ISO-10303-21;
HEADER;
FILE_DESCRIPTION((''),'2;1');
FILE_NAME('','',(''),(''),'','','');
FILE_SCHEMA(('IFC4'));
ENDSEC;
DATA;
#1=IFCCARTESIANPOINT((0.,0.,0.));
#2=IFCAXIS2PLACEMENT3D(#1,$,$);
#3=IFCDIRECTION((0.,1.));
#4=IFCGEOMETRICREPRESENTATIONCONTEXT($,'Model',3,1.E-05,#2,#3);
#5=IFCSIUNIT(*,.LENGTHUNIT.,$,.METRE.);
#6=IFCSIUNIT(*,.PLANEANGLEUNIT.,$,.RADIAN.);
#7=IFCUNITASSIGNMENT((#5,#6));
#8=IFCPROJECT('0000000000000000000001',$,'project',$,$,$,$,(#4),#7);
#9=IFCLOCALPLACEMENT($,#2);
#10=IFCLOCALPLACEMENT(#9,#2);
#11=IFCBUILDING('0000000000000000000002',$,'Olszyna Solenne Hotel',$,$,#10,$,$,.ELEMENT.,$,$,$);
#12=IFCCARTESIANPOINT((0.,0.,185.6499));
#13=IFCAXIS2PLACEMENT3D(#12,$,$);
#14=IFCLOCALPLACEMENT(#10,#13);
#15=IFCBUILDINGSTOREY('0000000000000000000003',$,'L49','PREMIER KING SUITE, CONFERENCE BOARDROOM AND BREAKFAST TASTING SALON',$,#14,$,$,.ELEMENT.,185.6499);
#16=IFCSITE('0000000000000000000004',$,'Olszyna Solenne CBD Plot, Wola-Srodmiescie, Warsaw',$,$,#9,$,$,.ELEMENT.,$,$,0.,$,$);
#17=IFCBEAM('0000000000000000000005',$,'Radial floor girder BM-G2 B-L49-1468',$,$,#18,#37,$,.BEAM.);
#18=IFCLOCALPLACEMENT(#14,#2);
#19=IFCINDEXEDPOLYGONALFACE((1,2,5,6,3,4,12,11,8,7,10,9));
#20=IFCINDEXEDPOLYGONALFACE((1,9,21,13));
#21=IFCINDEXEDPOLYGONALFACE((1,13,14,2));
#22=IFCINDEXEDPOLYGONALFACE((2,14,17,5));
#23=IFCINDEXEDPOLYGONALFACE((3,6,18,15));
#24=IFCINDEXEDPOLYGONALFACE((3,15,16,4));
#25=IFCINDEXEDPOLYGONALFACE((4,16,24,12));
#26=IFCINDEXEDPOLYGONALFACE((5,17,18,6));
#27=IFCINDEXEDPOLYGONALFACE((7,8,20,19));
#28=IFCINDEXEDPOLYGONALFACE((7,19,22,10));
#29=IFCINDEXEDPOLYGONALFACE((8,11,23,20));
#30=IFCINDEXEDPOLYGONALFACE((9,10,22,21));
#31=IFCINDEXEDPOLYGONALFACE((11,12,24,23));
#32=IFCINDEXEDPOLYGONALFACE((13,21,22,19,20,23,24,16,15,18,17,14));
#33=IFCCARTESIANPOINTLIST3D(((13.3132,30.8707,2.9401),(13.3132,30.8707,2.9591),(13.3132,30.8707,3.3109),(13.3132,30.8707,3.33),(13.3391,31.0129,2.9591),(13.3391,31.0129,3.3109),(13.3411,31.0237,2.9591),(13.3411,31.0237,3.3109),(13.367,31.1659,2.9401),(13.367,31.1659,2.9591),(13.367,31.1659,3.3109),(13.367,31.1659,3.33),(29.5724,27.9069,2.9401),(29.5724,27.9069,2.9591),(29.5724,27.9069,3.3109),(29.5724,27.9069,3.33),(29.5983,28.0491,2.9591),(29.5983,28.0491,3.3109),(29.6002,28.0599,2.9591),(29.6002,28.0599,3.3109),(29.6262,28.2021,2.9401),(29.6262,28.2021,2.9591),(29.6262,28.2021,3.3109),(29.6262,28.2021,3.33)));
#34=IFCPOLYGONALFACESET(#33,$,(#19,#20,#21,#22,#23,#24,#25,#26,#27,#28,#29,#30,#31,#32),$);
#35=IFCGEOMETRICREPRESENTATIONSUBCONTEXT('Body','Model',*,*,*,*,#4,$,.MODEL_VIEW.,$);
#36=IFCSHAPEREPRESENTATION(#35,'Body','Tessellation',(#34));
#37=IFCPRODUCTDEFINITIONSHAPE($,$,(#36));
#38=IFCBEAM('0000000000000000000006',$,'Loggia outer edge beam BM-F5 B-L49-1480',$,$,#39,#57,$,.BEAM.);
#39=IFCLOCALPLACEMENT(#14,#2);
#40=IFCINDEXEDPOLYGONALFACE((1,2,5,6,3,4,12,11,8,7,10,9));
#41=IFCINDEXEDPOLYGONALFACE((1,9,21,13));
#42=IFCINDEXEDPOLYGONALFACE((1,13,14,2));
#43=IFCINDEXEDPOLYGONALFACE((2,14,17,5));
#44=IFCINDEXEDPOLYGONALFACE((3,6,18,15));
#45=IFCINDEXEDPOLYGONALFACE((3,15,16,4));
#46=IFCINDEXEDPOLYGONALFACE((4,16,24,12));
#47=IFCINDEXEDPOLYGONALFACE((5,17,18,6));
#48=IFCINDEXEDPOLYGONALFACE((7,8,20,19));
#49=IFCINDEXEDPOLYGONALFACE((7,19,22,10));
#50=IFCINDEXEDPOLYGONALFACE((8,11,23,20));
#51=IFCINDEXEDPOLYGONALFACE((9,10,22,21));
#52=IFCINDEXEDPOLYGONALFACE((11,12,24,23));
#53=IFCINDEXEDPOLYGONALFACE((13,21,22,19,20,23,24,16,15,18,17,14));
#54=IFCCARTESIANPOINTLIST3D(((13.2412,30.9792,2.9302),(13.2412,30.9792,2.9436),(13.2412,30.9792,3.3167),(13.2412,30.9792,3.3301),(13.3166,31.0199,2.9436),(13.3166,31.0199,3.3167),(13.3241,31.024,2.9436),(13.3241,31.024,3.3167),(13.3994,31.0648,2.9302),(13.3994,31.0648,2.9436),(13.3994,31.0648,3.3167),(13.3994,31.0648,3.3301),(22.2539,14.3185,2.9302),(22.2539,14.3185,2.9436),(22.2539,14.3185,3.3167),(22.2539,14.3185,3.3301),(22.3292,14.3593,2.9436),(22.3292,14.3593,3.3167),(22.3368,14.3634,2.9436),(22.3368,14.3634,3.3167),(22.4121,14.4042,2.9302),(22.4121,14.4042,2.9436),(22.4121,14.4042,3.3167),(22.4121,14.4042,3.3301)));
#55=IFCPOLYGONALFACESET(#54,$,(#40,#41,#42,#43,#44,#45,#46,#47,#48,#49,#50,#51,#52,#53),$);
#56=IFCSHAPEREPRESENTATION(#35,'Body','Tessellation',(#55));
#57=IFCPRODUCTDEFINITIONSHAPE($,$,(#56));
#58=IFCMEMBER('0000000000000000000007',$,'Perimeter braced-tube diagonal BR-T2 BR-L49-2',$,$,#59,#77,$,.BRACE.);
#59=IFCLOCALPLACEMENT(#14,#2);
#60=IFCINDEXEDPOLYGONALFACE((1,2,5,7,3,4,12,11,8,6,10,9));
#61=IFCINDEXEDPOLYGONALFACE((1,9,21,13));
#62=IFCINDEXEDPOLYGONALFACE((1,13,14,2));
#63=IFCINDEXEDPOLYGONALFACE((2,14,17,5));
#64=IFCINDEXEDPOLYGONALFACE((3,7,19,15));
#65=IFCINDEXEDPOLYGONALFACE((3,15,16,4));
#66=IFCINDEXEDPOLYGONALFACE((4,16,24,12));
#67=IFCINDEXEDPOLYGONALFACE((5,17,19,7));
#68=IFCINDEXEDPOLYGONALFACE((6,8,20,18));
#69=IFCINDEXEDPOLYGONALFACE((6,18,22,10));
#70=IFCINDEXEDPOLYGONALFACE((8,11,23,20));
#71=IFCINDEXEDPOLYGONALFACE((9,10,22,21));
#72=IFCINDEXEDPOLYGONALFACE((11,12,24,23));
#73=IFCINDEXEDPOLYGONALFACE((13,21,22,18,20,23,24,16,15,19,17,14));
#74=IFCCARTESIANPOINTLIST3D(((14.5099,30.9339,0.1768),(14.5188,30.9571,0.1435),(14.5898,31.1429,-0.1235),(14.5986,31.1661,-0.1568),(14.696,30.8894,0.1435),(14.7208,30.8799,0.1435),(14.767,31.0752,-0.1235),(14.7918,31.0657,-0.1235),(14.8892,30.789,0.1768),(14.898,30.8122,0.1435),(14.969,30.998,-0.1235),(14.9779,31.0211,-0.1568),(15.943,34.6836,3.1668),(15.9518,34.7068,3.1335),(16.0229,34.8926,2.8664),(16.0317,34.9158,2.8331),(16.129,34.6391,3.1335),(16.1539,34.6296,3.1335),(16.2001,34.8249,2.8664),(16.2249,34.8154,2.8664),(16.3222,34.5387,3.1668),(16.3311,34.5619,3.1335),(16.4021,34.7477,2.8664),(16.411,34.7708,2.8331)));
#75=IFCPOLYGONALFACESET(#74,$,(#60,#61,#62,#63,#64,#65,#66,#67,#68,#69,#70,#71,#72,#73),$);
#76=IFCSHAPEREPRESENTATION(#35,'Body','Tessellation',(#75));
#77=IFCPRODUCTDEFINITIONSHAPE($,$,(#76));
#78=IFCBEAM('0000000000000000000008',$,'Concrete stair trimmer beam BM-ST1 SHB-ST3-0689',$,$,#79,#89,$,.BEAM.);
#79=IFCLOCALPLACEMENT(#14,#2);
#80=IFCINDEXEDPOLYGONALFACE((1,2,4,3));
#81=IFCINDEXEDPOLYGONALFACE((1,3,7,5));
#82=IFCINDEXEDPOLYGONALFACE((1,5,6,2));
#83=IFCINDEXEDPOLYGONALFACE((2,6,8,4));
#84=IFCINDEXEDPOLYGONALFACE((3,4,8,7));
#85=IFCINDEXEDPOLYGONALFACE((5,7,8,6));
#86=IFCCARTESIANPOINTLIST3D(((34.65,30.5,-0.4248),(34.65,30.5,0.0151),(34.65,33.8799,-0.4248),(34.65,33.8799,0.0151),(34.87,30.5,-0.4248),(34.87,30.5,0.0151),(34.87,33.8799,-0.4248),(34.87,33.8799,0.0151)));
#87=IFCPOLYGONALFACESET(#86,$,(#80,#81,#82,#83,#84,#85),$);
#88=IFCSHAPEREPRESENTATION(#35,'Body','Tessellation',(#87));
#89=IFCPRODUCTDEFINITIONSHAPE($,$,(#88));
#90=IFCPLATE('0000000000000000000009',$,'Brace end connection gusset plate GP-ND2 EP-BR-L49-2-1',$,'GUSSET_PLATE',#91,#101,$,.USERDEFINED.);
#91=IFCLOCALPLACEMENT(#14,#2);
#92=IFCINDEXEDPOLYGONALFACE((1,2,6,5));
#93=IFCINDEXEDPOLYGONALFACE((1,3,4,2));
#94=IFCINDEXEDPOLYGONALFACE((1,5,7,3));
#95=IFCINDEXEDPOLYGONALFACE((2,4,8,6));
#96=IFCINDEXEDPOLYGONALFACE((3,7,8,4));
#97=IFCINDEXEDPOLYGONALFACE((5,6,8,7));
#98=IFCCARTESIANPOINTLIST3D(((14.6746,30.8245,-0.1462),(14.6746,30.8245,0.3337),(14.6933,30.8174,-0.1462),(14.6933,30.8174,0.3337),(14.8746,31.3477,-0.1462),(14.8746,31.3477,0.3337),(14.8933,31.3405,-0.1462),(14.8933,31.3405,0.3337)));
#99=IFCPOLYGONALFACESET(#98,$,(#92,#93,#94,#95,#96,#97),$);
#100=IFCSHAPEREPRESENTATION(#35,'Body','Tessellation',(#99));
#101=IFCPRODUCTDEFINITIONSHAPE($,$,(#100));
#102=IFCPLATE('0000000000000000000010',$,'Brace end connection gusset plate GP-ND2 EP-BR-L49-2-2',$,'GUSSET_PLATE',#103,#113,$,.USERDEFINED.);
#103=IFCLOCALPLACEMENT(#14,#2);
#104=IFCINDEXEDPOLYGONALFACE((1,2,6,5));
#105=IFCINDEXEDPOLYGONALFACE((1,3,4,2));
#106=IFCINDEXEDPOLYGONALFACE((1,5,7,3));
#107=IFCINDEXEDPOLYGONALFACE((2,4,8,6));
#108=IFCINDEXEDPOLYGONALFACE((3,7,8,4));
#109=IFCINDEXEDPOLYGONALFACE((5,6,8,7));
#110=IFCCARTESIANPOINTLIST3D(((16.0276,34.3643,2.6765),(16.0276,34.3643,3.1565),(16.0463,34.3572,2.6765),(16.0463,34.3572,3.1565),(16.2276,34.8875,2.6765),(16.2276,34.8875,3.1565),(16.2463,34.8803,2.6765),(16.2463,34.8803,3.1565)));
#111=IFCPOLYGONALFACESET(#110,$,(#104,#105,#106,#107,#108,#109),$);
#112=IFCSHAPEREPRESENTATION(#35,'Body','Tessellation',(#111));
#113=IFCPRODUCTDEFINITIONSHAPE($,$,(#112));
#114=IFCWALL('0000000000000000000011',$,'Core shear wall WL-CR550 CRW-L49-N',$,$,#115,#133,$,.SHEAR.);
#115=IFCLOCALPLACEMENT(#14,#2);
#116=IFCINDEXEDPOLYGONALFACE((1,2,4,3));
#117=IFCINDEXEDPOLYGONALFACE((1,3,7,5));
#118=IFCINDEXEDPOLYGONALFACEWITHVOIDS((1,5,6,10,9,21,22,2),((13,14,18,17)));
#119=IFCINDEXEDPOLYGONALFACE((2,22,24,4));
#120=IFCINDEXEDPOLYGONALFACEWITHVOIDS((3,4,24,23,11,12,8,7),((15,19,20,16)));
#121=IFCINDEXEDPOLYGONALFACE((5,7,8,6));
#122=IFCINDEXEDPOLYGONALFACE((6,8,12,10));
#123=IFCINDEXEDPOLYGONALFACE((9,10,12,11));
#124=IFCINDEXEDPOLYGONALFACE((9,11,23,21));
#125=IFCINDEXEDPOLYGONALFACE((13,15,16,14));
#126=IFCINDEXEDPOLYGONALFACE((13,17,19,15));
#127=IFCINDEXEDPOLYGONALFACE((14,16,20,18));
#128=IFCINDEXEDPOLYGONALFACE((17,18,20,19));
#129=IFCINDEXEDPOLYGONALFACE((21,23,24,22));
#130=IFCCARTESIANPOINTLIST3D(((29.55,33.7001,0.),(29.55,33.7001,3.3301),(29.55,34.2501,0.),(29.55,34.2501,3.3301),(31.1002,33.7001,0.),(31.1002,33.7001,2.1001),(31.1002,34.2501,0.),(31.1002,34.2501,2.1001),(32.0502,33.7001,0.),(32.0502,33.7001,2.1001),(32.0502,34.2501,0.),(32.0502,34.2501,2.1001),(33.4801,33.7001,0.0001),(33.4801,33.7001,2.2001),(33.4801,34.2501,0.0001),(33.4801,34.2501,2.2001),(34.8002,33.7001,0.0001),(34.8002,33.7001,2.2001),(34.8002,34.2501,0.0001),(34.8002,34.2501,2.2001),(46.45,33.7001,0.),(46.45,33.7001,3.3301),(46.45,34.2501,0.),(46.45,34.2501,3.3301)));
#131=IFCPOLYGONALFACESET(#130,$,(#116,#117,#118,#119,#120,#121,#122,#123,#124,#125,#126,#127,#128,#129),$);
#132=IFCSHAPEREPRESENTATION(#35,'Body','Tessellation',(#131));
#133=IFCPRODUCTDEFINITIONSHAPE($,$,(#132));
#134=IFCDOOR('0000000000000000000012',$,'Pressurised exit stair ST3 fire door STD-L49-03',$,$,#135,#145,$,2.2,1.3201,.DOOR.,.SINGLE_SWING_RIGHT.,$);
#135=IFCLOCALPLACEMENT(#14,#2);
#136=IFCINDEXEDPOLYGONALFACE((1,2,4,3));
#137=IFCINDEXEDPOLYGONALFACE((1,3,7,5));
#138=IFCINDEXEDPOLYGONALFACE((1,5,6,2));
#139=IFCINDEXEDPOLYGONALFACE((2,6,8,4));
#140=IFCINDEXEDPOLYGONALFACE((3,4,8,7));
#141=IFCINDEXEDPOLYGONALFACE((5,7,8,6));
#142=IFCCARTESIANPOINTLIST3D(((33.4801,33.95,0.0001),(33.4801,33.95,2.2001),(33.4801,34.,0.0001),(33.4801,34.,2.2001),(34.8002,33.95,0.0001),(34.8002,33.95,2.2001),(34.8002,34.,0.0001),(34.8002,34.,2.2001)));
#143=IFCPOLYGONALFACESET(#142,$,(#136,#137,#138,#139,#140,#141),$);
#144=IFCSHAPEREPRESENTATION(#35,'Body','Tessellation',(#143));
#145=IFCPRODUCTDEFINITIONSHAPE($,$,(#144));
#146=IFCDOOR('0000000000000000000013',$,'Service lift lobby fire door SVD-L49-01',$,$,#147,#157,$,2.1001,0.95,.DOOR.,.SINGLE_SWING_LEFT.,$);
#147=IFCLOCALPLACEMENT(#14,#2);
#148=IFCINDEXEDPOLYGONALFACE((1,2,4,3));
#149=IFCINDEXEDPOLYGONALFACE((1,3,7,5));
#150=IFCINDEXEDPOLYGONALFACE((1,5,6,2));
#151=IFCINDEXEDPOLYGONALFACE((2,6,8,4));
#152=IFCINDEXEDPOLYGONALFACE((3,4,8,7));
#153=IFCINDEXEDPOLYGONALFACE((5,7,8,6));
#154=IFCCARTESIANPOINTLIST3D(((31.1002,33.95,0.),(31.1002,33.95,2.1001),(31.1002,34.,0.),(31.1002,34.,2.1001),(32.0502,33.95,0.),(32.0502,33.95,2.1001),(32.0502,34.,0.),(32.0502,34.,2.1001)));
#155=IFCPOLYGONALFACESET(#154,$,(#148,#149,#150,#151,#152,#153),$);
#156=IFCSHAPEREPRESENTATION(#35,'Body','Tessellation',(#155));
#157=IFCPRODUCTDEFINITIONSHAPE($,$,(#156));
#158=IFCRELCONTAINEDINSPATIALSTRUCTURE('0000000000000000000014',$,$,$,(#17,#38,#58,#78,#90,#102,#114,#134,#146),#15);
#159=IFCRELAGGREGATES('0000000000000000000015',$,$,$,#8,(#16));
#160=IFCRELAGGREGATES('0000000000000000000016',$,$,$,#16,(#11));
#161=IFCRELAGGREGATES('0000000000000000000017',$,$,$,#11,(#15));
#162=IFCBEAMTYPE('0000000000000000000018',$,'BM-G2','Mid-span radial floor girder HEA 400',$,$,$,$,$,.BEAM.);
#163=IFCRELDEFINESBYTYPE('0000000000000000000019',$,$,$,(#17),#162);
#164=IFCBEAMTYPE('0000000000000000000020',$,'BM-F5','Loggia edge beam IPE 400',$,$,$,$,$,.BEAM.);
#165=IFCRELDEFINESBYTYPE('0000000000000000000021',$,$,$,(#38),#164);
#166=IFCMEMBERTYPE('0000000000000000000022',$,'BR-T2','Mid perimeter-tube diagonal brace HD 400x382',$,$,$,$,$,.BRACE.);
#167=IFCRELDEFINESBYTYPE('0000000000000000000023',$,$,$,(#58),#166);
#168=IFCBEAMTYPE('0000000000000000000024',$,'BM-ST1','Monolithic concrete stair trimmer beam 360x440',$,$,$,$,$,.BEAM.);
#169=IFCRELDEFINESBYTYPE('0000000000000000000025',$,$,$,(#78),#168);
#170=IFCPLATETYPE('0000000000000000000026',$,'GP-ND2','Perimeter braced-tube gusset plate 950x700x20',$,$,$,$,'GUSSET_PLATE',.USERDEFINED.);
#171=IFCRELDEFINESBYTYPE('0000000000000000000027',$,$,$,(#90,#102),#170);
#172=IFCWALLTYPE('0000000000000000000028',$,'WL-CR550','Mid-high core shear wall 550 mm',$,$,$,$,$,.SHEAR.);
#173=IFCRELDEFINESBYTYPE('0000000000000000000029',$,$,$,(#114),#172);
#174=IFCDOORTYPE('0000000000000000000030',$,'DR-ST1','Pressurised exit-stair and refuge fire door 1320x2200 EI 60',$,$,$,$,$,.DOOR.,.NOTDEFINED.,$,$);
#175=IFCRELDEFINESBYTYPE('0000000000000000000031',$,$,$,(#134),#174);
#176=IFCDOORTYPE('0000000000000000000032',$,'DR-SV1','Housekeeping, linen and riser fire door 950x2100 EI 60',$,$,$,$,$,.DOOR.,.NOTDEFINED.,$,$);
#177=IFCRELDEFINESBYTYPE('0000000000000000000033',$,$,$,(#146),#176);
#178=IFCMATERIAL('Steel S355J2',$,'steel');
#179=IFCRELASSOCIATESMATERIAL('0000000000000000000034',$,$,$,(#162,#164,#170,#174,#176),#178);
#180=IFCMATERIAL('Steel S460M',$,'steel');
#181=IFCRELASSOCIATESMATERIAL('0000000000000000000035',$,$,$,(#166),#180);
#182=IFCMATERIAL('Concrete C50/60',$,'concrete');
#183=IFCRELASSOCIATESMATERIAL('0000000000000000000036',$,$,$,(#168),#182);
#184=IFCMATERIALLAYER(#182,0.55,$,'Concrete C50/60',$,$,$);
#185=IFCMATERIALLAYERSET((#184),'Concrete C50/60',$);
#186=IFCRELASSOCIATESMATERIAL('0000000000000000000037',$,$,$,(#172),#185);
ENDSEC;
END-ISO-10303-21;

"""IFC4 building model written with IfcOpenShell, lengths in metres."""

from ifc_helpers import new_model, si_unit, direction, frame, frame_2d, origin, origin_2d, place, context, subcontext, project, spatial, rectangle, i_section, extrude, source, transform, mapped, material, layer, layer_set, material_profile, profile_set, type_object, type_shapes, element, fill, save


model = new_model("IFC4")

# Units and contexts
model_context = context("Model", 3, precision=1e-05, world=origin(), true_north=direction((0.0, 1.0)))
body_context = subcontext(model_context, "Body", "Model", "MODEL_VIEW")
ifc_project = project(units=[si_unit("LENGTHUNIT", "METRE"), si_unit("PLANEANGLEUNIT", "RADIAN")], contexts=[model_context])

# Site, building, storey
site_placement = place(None, origin())
site = spatial("IfcSite", under=ifc_project, at=site_placement, Name="Olszyna Solenne CBD Plot, Wola-Srodmiescie, Warsaw", CompositionType="ELEMENT", RefElevation=0.0)
building_placement = place(site_placement, origin())
building = spatial("IfcBuilding", under=site, at=building_placement, Name="Olszyna Solenne Hotel", CompositionType="ELEMENT")
storey_placement = place(building_placement, frame((0.0, 0.0, 185.6499)))
storey = spatial("IfcBuildingStorey", under=building, at=storey_placement, Name="L49", Description="PREMIER KING SUITE, CONFERENCE BOARDROOM AND BREAKFAST TASTING SALON", CompositionType="ELEMENT", Elevation=185.6499)

# Shared definitions
ifc_material_1 = material(Name="Steel S460M", Category="steel")

# Beams
ifc_material_2 = material(Name="Steel S355J2", Category="steel")
ifc_material_profile_1 = material_profile(ifc_material_2, i_section(OverallWidth=0.3, OverallDepth=0.3899, WebThickness=0.011, FlangeThickness=0.019, at=origin_2d()), Name="HEA 400", Category="load-bearing")
ifc_profile_set_1 = profile_set([ifc_material_profile_1], Name="Steel S355J2")
beam_type_1 = type_object("IfcBeamType", Name="BM-G2", Description="Mid-span radial floor girder HEA 400", PredefinedType="BEAM", material=ifc_profile_set_1)
shared_shape_1 = source(origin(), body_context, "Body", "SweptSolid", [
    extrude(i_section(OverallWidth=0.3, OverallDepth=0.3899, WebThickness=0.011, FlangeThickness=0.019, at=origin_2d()), origin(), (0.0, 0.0, 1.0), 16.5271),
])
beam_1_placement = place(storey_placement, frame((13.3401, 31.0183, 3.135), z_axis=(0.983789, -0.179333, 0.0), x_axis=(0.179333, 0.983789, 0.0)))
element("IfcBeam", 1, at=beam_1_placement, inside=storey, type_object=beam_type_1, Name="Radial floor girder BM-G2 B-L49-1468", PredefinedType="BEAM", context=body_context, shape_type="MappedRepresentation", body=[
    mapped(shared_shape_1, transform((0.0, 0.0, 0.0), x_axis=(1.0, 0.0, 0.0), y_axis=(0.0, 1.0, 0.0), z_axis=(0.0, 0.0, 1.0), scale=1.0)),
])
ifc_material_profile_2 = material_profile(ifc_material_2, i_section(OverallWidth=0.1799, OverallDepth=0.3999, WebThickness=0.0085, FlangeThickness=0.0134, at=origin_2d()), Name="IPE 400", Category="load-bearing")
ifc_profile_set_2 = profile_set([ifc_material_profile_2], Name="Steel S355J2")
beam_type_2 = type_object("IfcBeamType", Name="BM-F5", Description="Loggia edge beam IPE 400", PredefinedType="BEAM", material=ifc_profile_set_2)
shared_shape_2 = source(origin(), body_context, "Body", "SweptSolid", [
    extrude(i_section(OverallWidth=0.1799, OverallDepth=0.3999, WebThickness=0.0085, FlangeThickness=0.0134, at=origin_2d()), origin(), (0.0, 0.0, 1.0), 18.9421),
])
beam_2_placement = place(storey_placement, frame((13.3203, 31.022, 3.1301), z_axis=(0.475801, -0.879553, 0.0), x_axis=(0.879553, 0.475801, 0.0)))
element("IfcBeam", 2, at=beam_2_placement, inside=storey, type_object=beam_type_2, Name="Loggia outer edge beam BM-F5 B-L49-1480", PredefinedType="BEAM", context=body_context, shape_type="MappedRepresentation", body=[
    mapped(shared_shape_2, transform((0.0, 0.0, 0.0), x_axis=(1.0, 0.0, 0.0), y_axis=(0.0, 1.0, 0.0), z_axis=(0.0, 0.0, 1.0), scale=1.0)),
])

# Member
ifc_material_profile_3 = material_profile(ifc_material_1, i_section(OverallWidth=0.406, OverallDepth=0.416, WebThickness=0.0266, FlangeThickness=0.0415, at=origin_2d()), Name="HD 400x382", Category="load-bearing")
ifc_profile_set_3 = profile_set([ifc_material_profile_3], Name="Steel S460M")
member_type = type_object("IfcMemberType", Name="BR-T2", Description="Mid perimeter-tube diagonal brace HD 400x382", PredefinedType="BRACE", material=ifc_profile_set_3)
shared_shape_3 = source(origin(), body_context, "Body", "SweptSolid", [
    extrude(i_section(OverallWidth=0.406, OverallDepth=0.416, WebThickness=0.0266, FlangeThickness=0.0415, at=origin_2d()), origin(), (0.0, 0.0, 1.0), 5.0054),
])
member_placement = place(storey_placement, frame((14.7439, 30.9775, 0.01), z_axis=(0.286309, 0.749135, 0.597347), x_axis=(-0.934104, 0.357002, 0.0)))
element("IfcMember", 3, at=member_placement, inside=storey, type_object=member_type, Name="Perimeter braced-tube diagonal BR-T2 BR-L49-2", PredefinedType="BRACE", context=body_context, shape_type="MappedRepresentation", body=[
    mapped(shared_shape_3, transform((0.0, 0.0, 0.0), x_axis=(1.0, 0.0, 0.0), y_axis=(0.0, 1.0, 0.0), z_axis=(0.0, 0.0, 1.0), scale=1.0)),
])

# Beam
ifc_material_3 = material(Name="Concrete C50/60", Category="concrete")
ifc_material_profile_4 = material_profile(ifc_material_3, rectangle(XDim=0.22, YDim=0.4399, at=origin_2d()), Name="RC 220x440", Category="load-bearing")
ifc_profile_set_4 = profile_set([ifc_material_profile_4], Name="Concrete C50/60")
beam_type_3 = type_object("IfcBeamType", Name="BM-ST1", Description="Monolithic concrete stair trimmer beam 360x440", PredefinedType="BEAM", material=ifc_profile_set_4)
shared_shape_4 = source(origin(), body_context, "Body", "SweptSolid", [
    extrude(rectangle(XDim=0.22, YDim=0.4399, at=origin_2d()), origin(), (0.0, 0.0, 1.0), 3.3799),
])
beam_3_placement = place(storey_placement, frame((34.76, 30.5, -0.2048), z_axis=(0.0, 1.0, 0.0), x_axis=(-1.0, 0.0, 0.0)))
element("IfcBeam", 4, at=beam_3_placement, inside=storey, type_object=beam_type_3, Name="Concrete stair trimmer beam BM-ST1 SHB-ST3-0689", PredefinedType="BEAM", context=body_context, shape_type="MappedRepresentation", body=[
    mapped(shared_shape_4, transform((0.0, 0.0, 0.0), x_axis=(1.0, 0.0, 0.0), y_axis=(0.0, 1.0, 0.0), z_axis=(0.0, 0.0, 1.0), scale=1.0)),
])

# Plates
plate_type = type_object("IfcPlateType", Name="GP-ND2", Description="Perimeter braced-tube gusset plate 950x700x20", ElementType="GUSSET_PLATE", PredefinedType="USERDEFINED", material=ifc_material_2)
shared_shape_5 = source(origin(), body_context, "Body", "SweptSolid", [
    extrude(rectangle(XDim=0.5601, YDim=0.02, at=origin_2d()), origin(), (0.0, 0.0, 1.0), 0.48),
])
for number, where, z_axis, x_axis, name in (
    (5, (14.7839, 31.0825, -0.1462), (0.0, 0.0, 1.0), (0.357064, 0.93408, 0.0), "Brace end connection gusset plate GP-ND2 EP-BR-L49-2-1"),
    (6, (16.137, 34.6223, 2.6765), (0.0, 0.0, 1.0), (0.357064, 0.93408, 0.0), "Brace end connection gusset plate GP-ND2 EP-BR-L49-2-2"),
):
    element("IfcPlate", number, at=place(storey_placement, frame(where, z_axis=z_axis, x_axis=x_axis)), inside=storey, type_object=plate_type, Name=name, ObjectType="GUSSET_PLATE", PredefinedType="USERDEFINED", context=body_context, shape_type="MappedRepresentation", body=[
        mapped(shared_shape_5, transform((0.0, 0.0, 0.0), x_axis=(1.0, 0.0, 0.0), y_axis=(0.0, 1.0, 0.0), z_axis=(0.0, 0.0, 1.0), scale=1.0)),
    ])

# Wall, openings, doors
ifc_layer_1 = layer(ifc_material_3, 0.55, Name="Concrete C50/60")
ifc_layer_set_1 = layer_set([ifc_layer_1], Name="Concrete C50/60")
wall_type_1 = type_object("IfcWallType", Name="WL-CR550", Description="Mid-high core shear wall 550 mm", PredefinedType="SHEAR", material=ifc_layer_set_1)
wall_1_placement = place(storey_placement, frame((29.55, 33.9751, 0.0), z_axis=(0.0, 0.0, 1.0), x_axis=(1.0, 0.0, 0.0)))
wall_1 = element("IfcWall", 7, at=wall_1_placement, inside=storey, type_object=wall_type_1, Name="Core shear wall WL-CR550 CRW-L49-N", PredefinedType="SHEAR", context=body_context, shape_type="SweptSolid", body=[
    extrude(rectangle(XDim=16.8999, YDim=0.55, at=frame_2d((8.45, 0.0))), origin(), (0.0, 0.0, 1.0), 3.3301),
])
opening_1_placement = place(wall_1_placement, frame((1.55, 0.0, 0.0)))
opening_1 = element("IfcOpeningElement", 8, at=opening_1_placement, cuts=wall_1, PredefinedType="OPENING", context=body_context, shape_type="SweptSolid", body=[
    extrude(rectangle(XDim=0.95, YDim=2.1001, at=frame_2d((0.4751, 1.05))), frame((0.0, 0.2852, 0.0), z_axis=(0.0, -1.0, 0.0), x_axis=(1.0, 0.0, 0.0)), (0.0, 0.0, 1.0), 0.5701),
])
opening_2_placement = place(wall_1_placement, frame((3.9299, 0.0, 0.0)))
opening_2 = element("IfcOpeningElement", 9, at=opening_2_placement, cuts=wall_1, PredefinedType="OPENING", context=body_context, shape_type="SweptSolid", body=[
    extrude(rectangle(XDim=1.3201, YDim=2.2, at=frame_2d((0.6602, 1.1001))), frame((0.0, 0.2852, 0.0), z_axis=(0.0, -1.0, 0.0), x_axis=(1.0, 0.0, 0.0)), (0.0, 0.0, 1.0), 0.5701),
])
door_type_1 = type_object("IfcDoorType", Name="DR-ST1", Description="Pressurised exit-stair and refuge fire door 1320x2200 EI 60", OperationType="NOTDEFINED", PredefinedType="DOOR", material=ifc_material_2)
shared_shape_6 = source(origin(), body_context, "Body", "SweptSolid", [
    extrude(rectangle(XDim=1.3201, YDim=2.2, at=frame_2d((0.6602, 1.1001))), frame((0.0, 0.0249, 0.0), z_axis=(0.0, -1.0, 0.0), x_axis=(1.0, 0.0, 0.0)), (0.0, 0.0, 1.0), 0.05),
])
type_shapes(door_type_1, [shared_shape_6])
door_1_placement = place(opening_2_placement, origin())
door_1 = element("IfcDoor", 10, at=door_1_placement, inside=storey, type_object=door_type_1, Name="Pressurised exit stair ST3 fire door STD-L49-03", OperationType="SINGLE_SWING_RIGHT", OverallHeight=2.2, OverallWidth=1.3201, PredefinedType="DOOR", context=body_context, shape_type="MappedRepresentation", body=[
    mapped(shared_shape_6, transform((0.0, 0.0, 0.0), x_axis=(1.0, 0.0, 0.0), y_axis=(0.0, 1.0, 0.0), z_axis=(0.0, 0.0, 1.0), scale=1.0)),
])
fill(opening_2, door_1)
door_type_2 = type_object("IfcDoorType", Name="DR-SV1", Description="Housekeeping, linen and riser fire door 950x2100 EI 60", OperationType="NOTDEFINED", PredefinedType="DOOR", material=ifc_material_2)
shared_shape_7 = source(origin(), body_context, "Body", "SweptSolid", [
    extrude(rectangle(XDim=0.95, YDim=2.1001, at=frame_2d((0.4751, 1.05))), frame((0.0, 0.0249, 0.0), z_axis=(0.0, -1.0, 0.0), x_axis=(1.0, 0.0, 0.0)), (0.0, 0.0, 1.0), 0.05),
])
type_shapes(door_type_2, [shared_shape_7])
door_2_placement = place(opening_1_placement, origin())
door_2 = element("IfcDoor", 11, at=door_2_placement, inside=storey, type_object=door_type_2, Name="Service lift lobby fire door SVD-L49-01", OperationType="SINGLE_SWING_LEFT", OverallHeight=2.1001, OverallWidth=0.95, PredefinedType="DOOR", context=body_context, shape_type="MappedRepresentation", body=[
    mapped(shared_shape_7, transform((0.0, 0.0, 0.0), x_axis=(1.0, 0.0, 0.0), y_axis=(0.0, 1.0, 0.0), z_axis=(0.0, 0.0, 1.0), scale=1.0)),
])
fill(opening_1, door_2)

save(model, "model.ifc")
